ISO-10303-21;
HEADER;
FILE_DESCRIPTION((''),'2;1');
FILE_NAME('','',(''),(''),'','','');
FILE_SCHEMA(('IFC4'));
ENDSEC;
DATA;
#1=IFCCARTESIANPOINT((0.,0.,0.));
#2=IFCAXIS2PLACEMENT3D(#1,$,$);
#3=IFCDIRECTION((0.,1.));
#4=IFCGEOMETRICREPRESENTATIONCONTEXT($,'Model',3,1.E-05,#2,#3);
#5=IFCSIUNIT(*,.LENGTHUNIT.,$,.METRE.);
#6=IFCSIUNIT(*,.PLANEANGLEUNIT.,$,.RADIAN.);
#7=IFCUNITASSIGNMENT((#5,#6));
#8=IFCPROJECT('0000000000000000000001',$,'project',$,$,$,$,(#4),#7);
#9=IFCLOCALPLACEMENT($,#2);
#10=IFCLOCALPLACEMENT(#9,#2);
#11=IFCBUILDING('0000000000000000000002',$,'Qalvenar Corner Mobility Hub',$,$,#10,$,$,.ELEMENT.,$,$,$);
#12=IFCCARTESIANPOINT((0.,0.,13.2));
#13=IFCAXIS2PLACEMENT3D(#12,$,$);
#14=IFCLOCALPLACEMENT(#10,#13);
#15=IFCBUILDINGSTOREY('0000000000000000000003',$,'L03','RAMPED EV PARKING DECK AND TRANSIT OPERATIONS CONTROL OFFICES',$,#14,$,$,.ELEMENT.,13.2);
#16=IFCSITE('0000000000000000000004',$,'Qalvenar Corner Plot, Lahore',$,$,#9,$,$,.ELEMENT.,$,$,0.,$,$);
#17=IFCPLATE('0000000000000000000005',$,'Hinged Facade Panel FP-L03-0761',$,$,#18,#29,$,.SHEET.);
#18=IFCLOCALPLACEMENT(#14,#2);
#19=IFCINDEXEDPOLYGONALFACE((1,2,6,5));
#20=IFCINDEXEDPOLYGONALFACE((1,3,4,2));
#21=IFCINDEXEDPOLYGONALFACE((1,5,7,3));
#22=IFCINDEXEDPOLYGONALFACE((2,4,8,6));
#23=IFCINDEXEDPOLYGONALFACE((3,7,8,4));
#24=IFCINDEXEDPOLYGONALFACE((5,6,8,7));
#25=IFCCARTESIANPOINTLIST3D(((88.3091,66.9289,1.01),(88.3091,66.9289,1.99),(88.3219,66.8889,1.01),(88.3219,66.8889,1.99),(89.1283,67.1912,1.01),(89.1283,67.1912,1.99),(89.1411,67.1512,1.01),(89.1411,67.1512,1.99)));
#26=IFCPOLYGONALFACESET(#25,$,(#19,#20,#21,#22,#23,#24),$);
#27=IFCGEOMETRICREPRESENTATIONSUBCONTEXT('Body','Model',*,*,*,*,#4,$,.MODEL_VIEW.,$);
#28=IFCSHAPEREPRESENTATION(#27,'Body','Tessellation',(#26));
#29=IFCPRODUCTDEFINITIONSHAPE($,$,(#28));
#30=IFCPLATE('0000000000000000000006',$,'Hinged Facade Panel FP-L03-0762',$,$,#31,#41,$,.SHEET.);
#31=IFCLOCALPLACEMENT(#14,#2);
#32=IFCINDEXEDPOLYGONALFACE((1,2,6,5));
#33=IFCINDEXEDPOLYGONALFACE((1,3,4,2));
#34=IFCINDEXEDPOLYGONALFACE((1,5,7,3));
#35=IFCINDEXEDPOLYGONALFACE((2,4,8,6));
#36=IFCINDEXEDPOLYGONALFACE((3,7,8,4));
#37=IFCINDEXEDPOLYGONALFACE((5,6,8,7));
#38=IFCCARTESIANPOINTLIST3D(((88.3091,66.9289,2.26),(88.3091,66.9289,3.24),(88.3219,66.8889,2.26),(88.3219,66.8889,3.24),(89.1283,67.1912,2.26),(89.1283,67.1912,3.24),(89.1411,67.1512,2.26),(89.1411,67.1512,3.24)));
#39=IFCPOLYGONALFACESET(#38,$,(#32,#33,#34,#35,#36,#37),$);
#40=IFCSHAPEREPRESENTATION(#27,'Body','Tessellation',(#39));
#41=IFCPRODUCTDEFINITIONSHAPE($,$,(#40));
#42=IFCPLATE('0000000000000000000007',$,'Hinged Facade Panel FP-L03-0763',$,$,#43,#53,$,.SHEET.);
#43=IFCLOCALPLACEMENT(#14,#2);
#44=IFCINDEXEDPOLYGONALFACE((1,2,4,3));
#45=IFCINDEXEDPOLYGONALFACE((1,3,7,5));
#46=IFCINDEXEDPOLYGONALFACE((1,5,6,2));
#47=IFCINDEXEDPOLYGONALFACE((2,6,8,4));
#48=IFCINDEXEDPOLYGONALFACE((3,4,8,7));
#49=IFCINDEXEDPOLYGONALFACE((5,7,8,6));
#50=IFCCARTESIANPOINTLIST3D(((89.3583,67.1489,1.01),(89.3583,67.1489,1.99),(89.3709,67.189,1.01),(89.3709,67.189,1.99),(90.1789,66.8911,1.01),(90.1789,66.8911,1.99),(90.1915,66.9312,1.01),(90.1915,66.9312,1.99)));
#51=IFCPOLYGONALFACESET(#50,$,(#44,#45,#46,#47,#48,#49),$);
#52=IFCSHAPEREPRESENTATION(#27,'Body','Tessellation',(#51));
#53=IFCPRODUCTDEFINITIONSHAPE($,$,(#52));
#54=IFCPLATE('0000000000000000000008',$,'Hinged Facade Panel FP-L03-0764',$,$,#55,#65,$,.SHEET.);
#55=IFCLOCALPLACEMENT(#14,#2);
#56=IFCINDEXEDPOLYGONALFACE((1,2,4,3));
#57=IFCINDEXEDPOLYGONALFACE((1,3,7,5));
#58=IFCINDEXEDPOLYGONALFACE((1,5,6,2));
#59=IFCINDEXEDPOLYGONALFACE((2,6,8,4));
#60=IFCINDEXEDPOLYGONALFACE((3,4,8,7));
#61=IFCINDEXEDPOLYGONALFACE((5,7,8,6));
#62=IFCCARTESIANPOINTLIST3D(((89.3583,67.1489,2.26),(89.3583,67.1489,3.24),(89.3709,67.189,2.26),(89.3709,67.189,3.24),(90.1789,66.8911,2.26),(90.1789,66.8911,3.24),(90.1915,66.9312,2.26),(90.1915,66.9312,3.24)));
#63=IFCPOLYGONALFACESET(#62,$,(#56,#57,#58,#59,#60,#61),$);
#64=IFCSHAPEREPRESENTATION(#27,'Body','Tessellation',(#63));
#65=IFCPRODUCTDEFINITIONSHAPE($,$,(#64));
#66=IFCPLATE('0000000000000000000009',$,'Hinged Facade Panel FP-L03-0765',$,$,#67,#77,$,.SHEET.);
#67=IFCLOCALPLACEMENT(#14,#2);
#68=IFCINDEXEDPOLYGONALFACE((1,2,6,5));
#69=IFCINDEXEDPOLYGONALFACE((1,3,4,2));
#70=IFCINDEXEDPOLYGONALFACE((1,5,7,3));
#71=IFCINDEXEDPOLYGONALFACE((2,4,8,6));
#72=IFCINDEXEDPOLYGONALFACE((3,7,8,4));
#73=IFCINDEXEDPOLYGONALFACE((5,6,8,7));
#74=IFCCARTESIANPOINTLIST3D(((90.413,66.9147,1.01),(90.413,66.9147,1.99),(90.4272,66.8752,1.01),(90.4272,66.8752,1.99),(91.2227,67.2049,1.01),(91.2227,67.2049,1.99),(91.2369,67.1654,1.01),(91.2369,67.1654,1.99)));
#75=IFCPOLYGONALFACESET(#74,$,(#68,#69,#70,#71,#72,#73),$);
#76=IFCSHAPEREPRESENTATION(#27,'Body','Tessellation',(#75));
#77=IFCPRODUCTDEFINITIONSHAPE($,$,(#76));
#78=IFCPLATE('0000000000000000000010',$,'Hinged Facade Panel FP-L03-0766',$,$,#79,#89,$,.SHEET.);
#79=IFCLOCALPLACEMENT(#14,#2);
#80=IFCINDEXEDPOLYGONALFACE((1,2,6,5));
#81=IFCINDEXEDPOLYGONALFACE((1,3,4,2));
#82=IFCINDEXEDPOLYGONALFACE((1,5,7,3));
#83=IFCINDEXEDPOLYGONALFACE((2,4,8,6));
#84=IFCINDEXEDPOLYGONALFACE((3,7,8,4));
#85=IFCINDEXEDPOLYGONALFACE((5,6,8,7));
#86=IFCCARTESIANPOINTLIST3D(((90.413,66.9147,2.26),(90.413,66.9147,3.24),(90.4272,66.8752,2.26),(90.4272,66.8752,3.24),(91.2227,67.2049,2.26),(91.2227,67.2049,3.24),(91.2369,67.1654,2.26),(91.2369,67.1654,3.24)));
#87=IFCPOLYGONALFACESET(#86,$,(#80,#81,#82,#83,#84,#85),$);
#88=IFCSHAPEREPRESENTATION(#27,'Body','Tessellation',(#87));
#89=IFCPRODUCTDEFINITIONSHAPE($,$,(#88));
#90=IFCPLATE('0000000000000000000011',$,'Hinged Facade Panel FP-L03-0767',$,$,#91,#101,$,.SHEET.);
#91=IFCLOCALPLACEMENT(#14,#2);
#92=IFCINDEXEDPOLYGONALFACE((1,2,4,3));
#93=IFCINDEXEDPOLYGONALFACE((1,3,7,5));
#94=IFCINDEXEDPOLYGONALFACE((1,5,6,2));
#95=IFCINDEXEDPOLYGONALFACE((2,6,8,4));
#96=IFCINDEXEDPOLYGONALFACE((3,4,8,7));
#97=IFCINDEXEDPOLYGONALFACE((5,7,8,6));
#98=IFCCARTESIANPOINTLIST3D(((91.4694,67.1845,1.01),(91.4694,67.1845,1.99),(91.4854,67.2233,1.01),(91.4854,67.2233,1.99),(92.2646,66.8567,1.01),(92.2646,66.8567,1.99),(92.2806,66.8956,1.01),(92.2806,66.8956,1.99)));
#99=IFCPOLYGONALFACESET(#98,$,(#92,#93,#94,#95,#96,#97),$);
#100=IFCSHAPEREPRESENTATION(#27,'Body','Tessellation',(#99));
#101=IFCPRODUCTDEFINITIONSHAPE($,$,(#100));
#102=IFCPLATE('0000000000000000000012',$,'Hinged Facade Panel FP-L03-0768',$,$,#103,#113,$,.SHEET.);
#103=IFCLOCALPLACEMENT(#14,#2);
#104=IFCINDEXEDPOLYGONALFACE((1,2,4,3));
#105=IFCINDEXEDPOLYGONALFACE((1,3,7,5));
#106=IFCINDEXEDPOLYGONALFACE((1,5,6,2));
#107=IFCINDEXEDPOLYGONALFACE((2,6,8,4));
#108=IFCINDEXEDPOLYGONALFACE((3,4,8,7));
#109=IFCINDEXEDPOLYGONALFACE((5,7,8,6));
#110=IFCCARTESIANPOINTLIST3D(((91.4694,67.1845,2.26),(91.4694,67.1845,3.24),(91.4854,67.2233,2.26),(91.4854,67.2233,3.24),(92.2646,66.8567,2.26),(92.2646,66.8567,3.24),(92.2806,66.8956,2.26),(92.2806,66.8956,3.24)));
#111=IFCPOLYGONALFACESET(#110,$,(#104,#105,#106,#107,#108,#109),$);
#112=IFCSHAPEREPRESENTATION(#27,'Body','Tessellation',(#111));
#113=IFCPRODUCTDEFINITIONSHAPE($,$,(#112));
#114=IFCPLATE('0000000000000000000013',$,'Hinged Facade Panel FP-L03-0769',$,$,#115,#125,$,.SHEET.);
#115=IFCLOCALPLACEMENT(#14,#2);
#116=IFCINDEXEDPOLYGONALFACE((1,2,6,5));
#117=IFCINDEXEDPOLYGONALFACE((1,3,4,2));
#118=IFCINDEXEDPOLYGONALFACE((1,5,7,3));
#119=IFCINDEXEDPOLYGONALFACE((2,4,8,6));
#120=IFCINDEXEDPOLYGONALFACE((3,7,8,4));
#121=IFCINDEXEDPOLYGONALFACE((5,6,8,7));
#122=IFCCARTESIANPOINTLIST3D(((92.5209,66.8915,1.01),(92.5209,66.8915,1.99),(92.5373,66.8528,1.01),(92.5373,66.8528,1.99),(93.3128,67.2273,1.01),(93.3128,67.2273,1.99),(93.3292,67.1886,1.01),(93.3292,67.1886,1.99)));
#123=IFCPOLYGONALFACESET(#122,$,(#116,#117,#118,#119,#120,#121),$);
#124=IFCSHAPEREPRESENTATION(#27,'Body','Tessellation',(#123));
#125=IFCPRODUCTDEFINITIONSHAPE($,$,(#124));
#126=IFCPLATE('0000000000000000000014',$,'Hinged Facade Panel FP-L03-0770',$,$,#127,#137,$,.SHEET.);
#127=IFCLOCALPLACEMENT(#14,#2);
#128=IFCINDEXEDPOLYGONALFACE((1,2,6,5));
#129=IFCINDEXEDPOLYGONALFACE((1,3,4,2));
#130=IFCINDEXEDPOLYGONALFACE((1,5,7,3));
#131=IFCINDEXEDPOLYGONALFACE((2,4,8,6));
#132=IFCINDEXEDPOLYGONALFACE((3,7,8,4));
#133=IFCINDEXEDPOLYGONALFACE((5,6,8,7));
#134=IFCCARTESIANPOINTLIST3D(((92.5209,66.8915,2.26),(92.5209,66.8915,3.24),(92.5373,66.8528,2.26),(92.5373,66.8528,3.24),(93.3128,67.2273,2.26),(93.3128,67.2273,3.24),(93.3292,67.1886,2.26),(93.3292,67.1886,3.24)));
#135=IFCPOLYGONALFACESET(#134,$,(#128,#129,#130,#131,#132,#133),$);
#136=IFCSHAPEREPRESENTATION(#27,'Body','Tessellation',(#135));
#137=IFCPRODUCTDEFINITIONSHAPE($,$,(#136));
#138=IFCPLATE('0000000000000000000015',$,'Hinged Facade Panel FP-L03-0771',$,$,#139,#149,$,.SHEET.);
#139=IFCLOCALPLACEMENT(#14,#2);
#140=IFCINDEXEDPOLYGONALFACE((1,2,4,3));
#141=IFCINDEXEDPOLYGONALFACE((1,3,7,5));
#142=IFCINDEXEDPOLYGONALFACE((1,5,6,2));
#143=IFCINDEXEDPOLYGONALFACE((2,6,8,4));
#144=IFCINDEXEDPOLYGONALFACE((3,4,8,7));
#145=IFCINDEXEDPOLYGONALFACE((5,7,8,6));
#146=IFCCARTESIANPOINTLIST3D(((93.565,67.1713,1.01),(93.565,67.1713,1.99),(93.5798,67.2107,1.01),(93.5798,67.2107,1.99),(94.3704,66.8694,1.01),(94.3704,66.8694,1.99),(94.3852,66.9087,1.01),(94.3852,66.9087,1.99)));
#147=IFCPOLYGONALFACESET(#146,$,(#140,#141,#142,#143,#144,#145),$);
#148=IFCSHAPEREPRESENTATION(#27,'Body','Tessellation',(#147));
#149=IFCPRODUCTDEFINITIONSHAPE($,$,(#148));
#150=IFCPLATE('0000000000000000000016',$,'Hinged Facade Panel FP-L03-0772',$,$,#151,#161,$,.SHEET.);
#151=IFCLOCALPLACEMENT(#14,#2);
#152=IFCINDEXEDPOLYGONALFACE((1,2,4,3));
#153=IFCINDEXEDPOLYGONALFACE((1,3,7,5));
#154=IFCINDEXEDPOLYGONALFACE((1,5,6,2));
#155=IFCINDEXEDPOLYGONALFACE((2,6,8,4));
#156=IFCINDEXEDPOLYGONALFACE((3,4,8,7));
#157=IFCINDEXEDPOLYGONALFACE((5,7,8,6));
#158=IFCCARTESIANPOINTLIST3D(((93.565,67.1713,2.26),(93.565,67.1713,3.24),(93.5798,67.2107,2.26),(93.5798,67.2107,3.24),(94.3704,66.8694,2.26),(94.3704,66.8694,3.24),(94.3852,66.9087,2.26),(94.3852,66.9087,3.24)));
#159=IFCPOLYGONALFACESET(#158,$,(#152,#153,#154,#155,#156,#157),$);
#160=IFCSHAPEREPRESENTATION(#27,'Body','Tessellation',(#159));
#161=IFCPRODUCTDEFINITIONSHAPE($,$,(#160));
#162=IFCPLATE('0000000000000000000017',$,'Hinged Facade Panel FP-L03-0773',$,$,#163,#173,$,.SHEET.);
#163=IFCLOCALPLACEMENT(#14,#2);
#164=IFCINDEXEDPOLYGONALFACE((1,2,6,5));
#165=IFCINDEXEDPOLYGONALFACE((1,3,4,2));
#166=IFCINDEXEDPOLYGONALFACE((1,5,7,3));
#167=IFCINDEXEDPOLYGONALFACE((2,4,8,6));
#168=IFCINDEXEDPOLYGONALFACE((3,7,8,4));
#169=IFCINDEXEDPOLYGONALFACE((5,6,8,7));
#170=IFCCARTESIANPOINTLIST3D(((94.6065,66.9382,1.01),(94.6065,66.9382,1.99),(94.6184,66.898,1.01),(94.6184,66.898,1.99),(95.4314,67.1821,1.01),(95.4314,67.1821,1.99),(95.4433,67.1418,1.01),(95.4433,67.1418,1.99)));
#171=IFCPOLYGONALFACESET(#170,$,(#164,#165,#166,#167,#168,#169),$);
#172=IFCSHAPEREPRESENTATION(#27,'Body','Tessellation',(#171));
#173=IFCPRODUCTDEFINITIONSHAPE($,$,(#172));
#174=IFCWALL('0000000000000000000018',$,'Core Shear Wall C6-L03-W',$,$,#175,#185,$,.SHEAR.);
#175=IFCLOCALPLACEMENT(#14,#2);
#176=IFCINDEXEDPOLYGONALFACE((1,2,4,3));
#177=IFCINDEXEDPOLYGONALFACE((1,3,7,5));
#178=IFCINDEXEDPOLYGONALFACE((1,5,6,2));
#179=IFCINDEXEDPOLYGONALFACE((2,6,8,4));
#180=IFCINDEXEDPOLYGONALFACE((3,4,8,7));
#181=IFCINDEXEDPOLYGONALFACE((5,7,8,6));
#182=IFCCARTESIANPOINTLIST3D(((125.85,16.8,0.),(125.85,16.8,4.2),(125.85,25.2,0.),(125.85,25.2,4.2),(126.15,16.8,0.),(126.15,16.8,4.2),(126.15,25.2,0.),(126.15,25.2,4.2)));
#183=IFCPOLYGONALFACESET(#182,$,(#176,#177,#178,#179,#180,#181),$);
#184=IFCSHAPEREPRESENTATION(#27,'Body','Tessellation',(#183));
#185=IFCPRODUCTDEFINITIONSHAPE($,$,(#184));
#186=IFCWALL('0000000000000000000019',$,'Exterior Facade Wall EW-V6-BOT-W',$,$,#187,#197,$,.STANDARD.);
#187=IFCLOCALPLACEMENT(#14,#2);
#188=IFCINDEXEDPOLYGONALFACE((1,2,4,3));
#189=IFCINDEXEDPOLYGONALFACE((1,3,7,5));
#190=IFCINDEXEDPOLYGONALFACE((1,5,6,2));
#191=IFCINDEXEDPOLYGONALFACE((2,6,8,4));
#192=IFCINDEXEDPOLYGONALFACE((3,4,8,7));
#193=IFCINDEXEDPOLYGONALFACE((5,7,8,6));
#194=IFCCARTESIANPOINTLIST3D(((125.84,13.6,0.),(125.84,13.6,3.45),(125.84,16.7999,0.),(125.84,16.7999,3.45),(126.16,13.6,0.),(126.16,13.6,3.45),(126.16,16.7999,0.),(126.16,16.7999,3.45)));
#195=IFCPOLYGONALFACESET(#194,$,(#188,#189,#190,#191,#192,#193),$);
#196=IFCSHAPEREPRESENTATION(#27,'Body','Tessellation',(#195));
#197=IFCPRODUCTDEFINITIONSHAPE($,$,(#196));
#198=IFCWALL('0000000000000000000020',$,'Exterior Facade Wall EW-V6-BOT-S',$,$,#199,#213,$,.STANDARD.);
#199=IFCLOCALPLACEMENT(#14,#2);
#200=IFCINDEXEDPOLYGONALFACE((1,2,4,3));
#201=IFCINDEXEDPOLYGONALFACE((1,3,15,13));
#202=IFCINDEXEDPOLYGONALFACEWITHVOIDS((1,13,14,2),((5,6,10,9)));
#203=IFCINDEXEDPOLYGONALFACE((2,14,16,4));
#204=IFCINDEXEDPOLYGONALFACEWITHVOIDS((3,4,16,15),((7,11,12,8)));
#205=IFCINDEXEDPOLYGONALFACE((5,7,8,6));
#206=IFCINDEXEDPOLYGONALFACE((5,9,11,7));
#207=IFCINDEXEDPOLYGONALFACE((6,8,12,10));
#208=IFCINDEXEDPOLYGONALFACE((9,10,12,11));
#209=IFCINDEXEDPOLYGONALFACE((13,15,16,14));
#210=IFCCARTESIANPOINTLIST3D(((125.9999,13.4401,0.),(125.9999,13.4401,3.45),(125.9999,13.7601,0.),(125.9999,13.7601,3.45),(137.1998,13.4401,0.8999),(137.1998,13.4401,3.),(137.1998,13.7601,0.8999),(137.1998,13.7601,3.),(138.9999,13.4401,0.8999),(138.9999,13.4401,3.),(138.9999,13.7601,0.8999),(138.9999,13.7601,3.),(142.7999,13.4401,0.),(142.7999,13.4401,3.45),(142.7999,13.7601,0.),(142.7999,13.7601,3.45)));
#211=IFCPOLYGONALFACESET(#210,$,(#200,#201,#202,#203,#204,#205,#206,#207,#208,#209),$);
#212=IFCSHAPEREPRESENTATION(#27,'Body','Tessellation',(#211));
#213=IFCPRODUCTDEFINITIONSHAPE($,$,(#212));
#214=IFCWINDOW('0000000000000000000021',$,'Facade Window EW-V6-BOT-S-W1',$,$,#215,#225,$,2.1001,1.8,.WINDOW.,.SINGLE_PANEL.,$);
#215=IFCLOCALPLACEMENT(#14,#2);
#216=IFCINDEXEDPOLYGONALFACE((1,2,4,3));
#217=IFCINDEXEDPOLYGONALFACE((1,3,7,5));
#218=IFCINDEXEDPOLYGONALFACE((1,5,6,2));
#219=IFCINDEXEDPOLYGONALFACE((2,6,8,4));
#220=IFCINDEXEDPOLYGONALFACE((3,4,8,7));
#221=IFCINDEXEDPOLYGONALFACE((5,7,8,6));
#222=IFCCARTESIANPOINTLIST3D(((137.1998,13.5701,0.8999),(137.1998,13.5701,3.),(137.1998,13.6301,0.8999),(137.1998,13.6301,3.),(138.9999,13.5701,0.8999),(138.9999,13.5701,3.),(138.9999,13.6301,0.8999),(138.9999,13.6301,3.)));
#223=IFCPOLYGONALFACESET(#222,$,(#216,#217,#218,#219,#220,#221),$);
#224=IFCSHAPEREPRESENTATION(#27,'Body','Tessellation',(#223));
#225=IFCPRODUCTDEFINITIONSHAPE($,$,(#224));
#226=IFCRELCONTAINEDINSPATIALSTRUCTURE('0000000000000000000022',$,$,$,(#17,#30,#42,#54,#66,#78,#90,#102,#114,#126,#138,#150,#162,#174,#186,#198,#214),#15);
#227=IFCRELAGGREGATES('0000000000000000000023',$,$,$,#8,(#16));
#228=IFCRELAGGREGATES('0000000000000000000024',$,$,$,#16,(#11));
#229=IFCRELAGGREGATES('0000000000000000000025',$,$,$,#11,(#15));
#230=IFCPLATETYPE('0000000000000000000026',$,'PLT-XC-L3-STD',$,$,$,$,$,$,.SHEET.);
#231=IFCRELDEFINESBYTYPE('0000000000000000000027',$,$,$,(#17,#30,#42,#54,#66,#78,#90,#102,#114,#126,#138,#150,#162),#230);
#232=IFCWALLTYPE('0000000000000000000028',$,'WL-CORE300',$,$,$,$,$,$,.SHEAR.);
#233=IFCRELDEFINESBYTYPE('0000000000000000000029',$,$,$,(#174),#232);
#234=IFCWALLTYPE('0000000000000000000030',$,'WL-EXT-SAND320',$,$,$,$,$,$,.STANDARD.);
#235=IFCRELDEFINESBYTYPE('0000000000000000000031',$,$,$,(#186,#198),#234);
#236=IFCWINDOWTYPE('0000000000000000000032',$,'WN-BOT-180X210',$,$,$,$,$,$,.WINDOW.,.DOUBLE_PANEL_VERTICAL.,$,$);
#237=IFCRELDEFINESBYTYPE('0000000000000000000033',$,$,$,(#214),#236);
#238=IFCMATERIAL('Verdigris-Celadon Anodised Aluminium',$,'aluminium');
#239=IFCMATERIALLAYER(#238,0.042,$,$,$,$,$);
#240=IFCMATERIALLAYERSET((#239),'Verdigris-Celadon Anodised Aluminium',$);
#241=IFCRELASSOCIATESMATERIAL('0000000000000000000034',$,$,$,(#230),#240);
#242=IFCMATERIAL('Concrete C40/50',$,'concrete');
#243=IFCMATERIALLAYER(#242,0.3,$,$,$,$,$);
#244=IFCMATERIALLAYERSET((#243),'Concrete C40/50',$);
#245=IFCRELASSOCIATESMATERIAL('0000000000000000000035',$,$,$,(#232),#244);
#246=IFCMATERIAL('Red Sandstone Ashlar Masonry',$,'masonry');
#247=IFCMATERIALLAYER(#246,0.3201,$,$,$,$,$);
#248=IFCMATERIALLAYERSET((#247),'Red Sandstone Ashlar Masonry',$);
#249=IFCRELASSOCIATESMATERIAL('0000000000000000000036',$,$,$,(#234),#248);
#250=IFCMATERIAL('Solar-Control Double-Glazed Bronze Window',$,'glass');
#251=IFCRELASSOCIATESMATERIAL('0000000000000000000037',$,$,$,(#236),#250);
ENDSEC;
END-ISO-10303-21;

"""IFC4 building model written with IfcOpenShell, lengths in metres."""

from ifc_helpers import new_model, si_unit, direction, frame, frame_2d, origin, origin_2d, place, context, subcontext, project, spatial, rectangle, extrude, material, layer, layer_set, type_object, element, fill, save


model = new_model("IFC4")

# Units and contexts
model_context = context("Model", 3, precision=1e-05, world=origin(), true_north=direction((0.0, 1.0)))
body_context = subcontext(model_context, "Body", "Model", "MODEL_VIEW")
ifc_project = project(units=[si_unit("LENGTHUNIT", "METRE"), si_unit("PLANEANGLEUNIT", "RADIAN")], contexts=[model_context])

# Site, building, storey
site_placement = place(None, origin())
site = spatial("IfcSite", under=ifc_project, at=site_placement, Name="Qalvenar Corner Plot, Lahore", CompositionType="ELEMENT", RefElevation=0.0)
building_placement = place(site_placement, origin())
building = spatial("IfcBuilding", under=site, at=building_placement, Name="Qalvenar Corner Mobility Hub", CompositionType="ELEMENT")
storey_placement = place(building_placement, frame((0.0, 0.0, 13.2)))
storey = spatial("IfcBuildingStorey", under=building, at=storey_placement, Name="L03", Description="RAMPED EV PARKING DECK AND TRANSIT OPERATIONS CONTROL OFFICES", CompositionType="ELEMENT", Elevation=13.2)

# Plates
ifc_material_1 = material(Name="Verdigris-Celadon Anodised Aluminium", Category="aluminium")
ifc_layer_1 = layer(ifc_material_1, 0.042)
ifc_layer_set_1 = layer_set([ifc_layer_1], Name="Verdigris-Celadon Anodised Aluminium")
plate_type = type_object("IfcPlateType", Name="PLT-XC-L3-STD", PredefinedType="SHEET", material=ifc_layer_set_1)
for number, where, z_axis, x_axis, name in (
    (1, (88.7251, 67.04, 1.01), (0.0, 0.0, 1.0), (0.952343, 0.305031, 0.0), "Hinged Facade Panel FP-L03-0761"),
    (2, (88.7251, 67.04, 2.26), (0.0, 0.0, 1.0), (0.952343, 0.305031, 0.0), "Hinged Facade Panel FP-L03-0762"),
    (3, (89.7749, 67.04, 1.01), (0.0, 0.0, 1.0), (0.954031, -0.299707, 0.0), "Hinged Facade Panel FP-L03-0763"),
    (4, (89.7749, 67.04, 2.26), (0.0, 0.0, 1.0), (0.954031, -0.299707, 0.0), "Hinged Facade Panel FP-L03-0764"),
    (5, (90.825, 67.04, 1.01), (0.0, 0.0, 1.0), (0.941353, 0.337424, 0.0), "Hinged Facade Panel FP-L03-0765"),
    (6, (90.825, 67.04, 2.26), (0.0, 0.0, 1.0), (0.941353, 0.337424, 0.0), "Hinged Facade Panel FP-L03-0766"),
    (7, (91.875, 67.04, 1.01), (0.0, 0.0, 1.0), (0.924546, -0.38107, 0.0), "Hinged Facade Panel FP-L03-0767"),
    (8, (91.875, 67.04, 2.26), (0.0, 0.0, 1.0), (0.924546, -0.38107, 0.0), "Hinged Facade Panel FP-L03-0768"),
    (9, (92.925, 67.04, 1.01), (0.0, 0.0, 1.0), (0.920641, 0.39041, 0.0), "Hinged Facade Panel FP-L03-0769"),
    (10, (92.925, 67.04, 2.26), (0.0, 0.0, 1.0), (0.920641, 0.39041, 0.0), "Hinged Facade Panel FP-L03-0770"),
    (11, (93.9751, 67.04, 1.01), (0.0, 0.0, 1.0), (0.936366, -0.351025, 0.0), "Hinged Facade Panel FP-L03-0771"),
    (12, (93.9751, 67.04, 2.26), (0.0, 0.0, 1.0), (0.936366, -0.351025, 0.0), "Hinged Facade Panel FP-L03-0772"),
    (13, (95.0249, 67.04, 1.01), (0.0, 0.0, 1.0), (0.958968, 0.283513, 0.0), "Hinged Facade Panel FP-L03-0773"),
):
    element("IfcPlate", number, at=place(storey_placement, frame(where, z_axis=z_axis, x_axis=x_axis)), inside=storey, type_object=plate_type, Name=name, PredefinedType="SHEET", context=body_context, shape_type="SweptSolid", body=[
        extrude(rectangle(XDim=0.8601, YDim=0.042, at=origin_2d()), origin(), (0.0, 0.0, 1.0), 0.98),
    ])

# Shared definitions
ifc_material_2 = material(Name="Concrete C40/50", Category="concrete")
ifc_layer_2 = layer(ifc_material_2, 0.3)
ifc_layer_set_2 = layer_set([ifc_layer_2], Name="Concrete C40/50")
wall_type_1 = type_object("IfcWallType", Name="WL-CORE300", PredefinedType="SHEAR", material=ifc_layer_set_2)

# Walls
wall_1_placement = place(storey_placement, frame((126.0, 25.2, 0.0), z_axis=(0.0, 0.0, 1.0), x_axis=(0.0, -1.0, 0.0)))
element("IfcWall", 14, at=wall_1_placement, inside=storey, type_object=wall_type_1, Name="Core Shear Wall C6-L03-W", PredefinedType="SHEAR", context=body_context, shape_type="SweptSolid", body=[
    extrude(rectangle(XDim=8.3999, YDim=0.3, at=frame_2d((4.2, 0.0))), origin(), (0.0, 0.0, 1.0), 4.2),
])
ifc_material_3 = material(Name="Red Sandstone Ashlar Masonry", Category="masonry")
ifc_layer_3 = layer(ifc_material_3, 0.3201)
ifc_layer_set_3 = layer_set([ifc_layer_3], Name="Red Sandstone Ashlar Masonry")
wall_type_2 = type_object("IfcWallType", Name="WL-EXT-SAND320", PredefinedType="STANDARD", material=ifc_layer_set_3)
wall_2_placement = place(storey_placement, frame((126.0, 16.8, 0.0), z_axis=(0.0, 0.0, 1.0), x_axis=(0.0, -1.0, 0.0)))
element("IfcWall", 15, at=wall_2_placement, inside=storey, type_object=wall_type_2, Name="Exterior Facade Wall EW-V6-BOT-W", PredefinedType="STANDARD", context=body_context, shape_type="SweptSolid", body=[
    extrude(rectangle(XDim=3.2, YDim=0.3201, at=frame_2d((1.6001, 0.0))), origin(), (0.0, 0.0, 1.0), 3.45),
])

# Wall, opening, window
wall_3_placement = place(storey_placement, frame((126.0, 13.6001, 0.0), z_axis=(0.0, 0.0, 1.0), x_axis=(1.0, 0.0, 0.0)))
wall_3 = element("IfcWall", 16, at=wall_3_placement, inside=storey, type_object=wall_type_2, Name="Exterior Facade Wall EW-V6-BOT-S", PredefinedType="STANDARD", context=body_context, shape_type="SweptSolid", body=[
    extrude(rectangle(XDim=16.8, YDim=0.3201, at=frame_2d((8.3999, 0.0))), origin(), (0.0, 0.0, 1.0), 3.45),
])
opening_1_placement = place(wall_3_placement, frame((11.2, 0.0, 0.8999)))
opening_1 = element("IfcOpeningElement", 17, at=opening_1_placement, cuts=wall_3, PredefinedType="OPENING", context=body_context, shape_type="SweptSolid", body=[
    extrude(rectangle(XDim=1.8, YDim=2.1001, at=frame_2d((0.8999, 1.05))), frame((0.0, 0.1699, 0.0), z_axis=(0.0, -1.0, 0.0), x_axis=(1.0, 0.0, 0.0)), (0.0, 0.0, 1.0), 0.3401),
])
ifc_material_4 = material(Name="Solar-Control Double-Glazed Bronze Window", Category="glass")
window_type = type_object("IfcWindowType", Name="WN-BOT-180X210", PartitioningType="DOUBLE_PANEL_VERTICAL", PredefinedType="WINDOW", material=ifc_material_4)
window_placement = place(opening_1_placement, origin())
window = element("IfcWindow", 18, at=window_placement, inside=storey, type_object=window_type, Name="Facade Window EW-V6-BOT-S-W1", OverallHeight=2.1001, OverallWidth=1.8, PartitioningType="SINGLE_PANEL", PredefinedType="WINDOW", context=body_context, shape_type="SweptSolid", body=[
    extrude(rectangle(XDim=1.8, YDim=2.1001, at=frame_2d((0.8999, 1.05))), frame((0.0, 0.03, 0.0), z_axis=(0.0, -1.0, 0.0), x_axis=(1.0, 0.0, 0.0)), (0.0, 0.0, 1.0), 0.0601),
])
fill(opening_1, window)

save(model, "model.ifc")
